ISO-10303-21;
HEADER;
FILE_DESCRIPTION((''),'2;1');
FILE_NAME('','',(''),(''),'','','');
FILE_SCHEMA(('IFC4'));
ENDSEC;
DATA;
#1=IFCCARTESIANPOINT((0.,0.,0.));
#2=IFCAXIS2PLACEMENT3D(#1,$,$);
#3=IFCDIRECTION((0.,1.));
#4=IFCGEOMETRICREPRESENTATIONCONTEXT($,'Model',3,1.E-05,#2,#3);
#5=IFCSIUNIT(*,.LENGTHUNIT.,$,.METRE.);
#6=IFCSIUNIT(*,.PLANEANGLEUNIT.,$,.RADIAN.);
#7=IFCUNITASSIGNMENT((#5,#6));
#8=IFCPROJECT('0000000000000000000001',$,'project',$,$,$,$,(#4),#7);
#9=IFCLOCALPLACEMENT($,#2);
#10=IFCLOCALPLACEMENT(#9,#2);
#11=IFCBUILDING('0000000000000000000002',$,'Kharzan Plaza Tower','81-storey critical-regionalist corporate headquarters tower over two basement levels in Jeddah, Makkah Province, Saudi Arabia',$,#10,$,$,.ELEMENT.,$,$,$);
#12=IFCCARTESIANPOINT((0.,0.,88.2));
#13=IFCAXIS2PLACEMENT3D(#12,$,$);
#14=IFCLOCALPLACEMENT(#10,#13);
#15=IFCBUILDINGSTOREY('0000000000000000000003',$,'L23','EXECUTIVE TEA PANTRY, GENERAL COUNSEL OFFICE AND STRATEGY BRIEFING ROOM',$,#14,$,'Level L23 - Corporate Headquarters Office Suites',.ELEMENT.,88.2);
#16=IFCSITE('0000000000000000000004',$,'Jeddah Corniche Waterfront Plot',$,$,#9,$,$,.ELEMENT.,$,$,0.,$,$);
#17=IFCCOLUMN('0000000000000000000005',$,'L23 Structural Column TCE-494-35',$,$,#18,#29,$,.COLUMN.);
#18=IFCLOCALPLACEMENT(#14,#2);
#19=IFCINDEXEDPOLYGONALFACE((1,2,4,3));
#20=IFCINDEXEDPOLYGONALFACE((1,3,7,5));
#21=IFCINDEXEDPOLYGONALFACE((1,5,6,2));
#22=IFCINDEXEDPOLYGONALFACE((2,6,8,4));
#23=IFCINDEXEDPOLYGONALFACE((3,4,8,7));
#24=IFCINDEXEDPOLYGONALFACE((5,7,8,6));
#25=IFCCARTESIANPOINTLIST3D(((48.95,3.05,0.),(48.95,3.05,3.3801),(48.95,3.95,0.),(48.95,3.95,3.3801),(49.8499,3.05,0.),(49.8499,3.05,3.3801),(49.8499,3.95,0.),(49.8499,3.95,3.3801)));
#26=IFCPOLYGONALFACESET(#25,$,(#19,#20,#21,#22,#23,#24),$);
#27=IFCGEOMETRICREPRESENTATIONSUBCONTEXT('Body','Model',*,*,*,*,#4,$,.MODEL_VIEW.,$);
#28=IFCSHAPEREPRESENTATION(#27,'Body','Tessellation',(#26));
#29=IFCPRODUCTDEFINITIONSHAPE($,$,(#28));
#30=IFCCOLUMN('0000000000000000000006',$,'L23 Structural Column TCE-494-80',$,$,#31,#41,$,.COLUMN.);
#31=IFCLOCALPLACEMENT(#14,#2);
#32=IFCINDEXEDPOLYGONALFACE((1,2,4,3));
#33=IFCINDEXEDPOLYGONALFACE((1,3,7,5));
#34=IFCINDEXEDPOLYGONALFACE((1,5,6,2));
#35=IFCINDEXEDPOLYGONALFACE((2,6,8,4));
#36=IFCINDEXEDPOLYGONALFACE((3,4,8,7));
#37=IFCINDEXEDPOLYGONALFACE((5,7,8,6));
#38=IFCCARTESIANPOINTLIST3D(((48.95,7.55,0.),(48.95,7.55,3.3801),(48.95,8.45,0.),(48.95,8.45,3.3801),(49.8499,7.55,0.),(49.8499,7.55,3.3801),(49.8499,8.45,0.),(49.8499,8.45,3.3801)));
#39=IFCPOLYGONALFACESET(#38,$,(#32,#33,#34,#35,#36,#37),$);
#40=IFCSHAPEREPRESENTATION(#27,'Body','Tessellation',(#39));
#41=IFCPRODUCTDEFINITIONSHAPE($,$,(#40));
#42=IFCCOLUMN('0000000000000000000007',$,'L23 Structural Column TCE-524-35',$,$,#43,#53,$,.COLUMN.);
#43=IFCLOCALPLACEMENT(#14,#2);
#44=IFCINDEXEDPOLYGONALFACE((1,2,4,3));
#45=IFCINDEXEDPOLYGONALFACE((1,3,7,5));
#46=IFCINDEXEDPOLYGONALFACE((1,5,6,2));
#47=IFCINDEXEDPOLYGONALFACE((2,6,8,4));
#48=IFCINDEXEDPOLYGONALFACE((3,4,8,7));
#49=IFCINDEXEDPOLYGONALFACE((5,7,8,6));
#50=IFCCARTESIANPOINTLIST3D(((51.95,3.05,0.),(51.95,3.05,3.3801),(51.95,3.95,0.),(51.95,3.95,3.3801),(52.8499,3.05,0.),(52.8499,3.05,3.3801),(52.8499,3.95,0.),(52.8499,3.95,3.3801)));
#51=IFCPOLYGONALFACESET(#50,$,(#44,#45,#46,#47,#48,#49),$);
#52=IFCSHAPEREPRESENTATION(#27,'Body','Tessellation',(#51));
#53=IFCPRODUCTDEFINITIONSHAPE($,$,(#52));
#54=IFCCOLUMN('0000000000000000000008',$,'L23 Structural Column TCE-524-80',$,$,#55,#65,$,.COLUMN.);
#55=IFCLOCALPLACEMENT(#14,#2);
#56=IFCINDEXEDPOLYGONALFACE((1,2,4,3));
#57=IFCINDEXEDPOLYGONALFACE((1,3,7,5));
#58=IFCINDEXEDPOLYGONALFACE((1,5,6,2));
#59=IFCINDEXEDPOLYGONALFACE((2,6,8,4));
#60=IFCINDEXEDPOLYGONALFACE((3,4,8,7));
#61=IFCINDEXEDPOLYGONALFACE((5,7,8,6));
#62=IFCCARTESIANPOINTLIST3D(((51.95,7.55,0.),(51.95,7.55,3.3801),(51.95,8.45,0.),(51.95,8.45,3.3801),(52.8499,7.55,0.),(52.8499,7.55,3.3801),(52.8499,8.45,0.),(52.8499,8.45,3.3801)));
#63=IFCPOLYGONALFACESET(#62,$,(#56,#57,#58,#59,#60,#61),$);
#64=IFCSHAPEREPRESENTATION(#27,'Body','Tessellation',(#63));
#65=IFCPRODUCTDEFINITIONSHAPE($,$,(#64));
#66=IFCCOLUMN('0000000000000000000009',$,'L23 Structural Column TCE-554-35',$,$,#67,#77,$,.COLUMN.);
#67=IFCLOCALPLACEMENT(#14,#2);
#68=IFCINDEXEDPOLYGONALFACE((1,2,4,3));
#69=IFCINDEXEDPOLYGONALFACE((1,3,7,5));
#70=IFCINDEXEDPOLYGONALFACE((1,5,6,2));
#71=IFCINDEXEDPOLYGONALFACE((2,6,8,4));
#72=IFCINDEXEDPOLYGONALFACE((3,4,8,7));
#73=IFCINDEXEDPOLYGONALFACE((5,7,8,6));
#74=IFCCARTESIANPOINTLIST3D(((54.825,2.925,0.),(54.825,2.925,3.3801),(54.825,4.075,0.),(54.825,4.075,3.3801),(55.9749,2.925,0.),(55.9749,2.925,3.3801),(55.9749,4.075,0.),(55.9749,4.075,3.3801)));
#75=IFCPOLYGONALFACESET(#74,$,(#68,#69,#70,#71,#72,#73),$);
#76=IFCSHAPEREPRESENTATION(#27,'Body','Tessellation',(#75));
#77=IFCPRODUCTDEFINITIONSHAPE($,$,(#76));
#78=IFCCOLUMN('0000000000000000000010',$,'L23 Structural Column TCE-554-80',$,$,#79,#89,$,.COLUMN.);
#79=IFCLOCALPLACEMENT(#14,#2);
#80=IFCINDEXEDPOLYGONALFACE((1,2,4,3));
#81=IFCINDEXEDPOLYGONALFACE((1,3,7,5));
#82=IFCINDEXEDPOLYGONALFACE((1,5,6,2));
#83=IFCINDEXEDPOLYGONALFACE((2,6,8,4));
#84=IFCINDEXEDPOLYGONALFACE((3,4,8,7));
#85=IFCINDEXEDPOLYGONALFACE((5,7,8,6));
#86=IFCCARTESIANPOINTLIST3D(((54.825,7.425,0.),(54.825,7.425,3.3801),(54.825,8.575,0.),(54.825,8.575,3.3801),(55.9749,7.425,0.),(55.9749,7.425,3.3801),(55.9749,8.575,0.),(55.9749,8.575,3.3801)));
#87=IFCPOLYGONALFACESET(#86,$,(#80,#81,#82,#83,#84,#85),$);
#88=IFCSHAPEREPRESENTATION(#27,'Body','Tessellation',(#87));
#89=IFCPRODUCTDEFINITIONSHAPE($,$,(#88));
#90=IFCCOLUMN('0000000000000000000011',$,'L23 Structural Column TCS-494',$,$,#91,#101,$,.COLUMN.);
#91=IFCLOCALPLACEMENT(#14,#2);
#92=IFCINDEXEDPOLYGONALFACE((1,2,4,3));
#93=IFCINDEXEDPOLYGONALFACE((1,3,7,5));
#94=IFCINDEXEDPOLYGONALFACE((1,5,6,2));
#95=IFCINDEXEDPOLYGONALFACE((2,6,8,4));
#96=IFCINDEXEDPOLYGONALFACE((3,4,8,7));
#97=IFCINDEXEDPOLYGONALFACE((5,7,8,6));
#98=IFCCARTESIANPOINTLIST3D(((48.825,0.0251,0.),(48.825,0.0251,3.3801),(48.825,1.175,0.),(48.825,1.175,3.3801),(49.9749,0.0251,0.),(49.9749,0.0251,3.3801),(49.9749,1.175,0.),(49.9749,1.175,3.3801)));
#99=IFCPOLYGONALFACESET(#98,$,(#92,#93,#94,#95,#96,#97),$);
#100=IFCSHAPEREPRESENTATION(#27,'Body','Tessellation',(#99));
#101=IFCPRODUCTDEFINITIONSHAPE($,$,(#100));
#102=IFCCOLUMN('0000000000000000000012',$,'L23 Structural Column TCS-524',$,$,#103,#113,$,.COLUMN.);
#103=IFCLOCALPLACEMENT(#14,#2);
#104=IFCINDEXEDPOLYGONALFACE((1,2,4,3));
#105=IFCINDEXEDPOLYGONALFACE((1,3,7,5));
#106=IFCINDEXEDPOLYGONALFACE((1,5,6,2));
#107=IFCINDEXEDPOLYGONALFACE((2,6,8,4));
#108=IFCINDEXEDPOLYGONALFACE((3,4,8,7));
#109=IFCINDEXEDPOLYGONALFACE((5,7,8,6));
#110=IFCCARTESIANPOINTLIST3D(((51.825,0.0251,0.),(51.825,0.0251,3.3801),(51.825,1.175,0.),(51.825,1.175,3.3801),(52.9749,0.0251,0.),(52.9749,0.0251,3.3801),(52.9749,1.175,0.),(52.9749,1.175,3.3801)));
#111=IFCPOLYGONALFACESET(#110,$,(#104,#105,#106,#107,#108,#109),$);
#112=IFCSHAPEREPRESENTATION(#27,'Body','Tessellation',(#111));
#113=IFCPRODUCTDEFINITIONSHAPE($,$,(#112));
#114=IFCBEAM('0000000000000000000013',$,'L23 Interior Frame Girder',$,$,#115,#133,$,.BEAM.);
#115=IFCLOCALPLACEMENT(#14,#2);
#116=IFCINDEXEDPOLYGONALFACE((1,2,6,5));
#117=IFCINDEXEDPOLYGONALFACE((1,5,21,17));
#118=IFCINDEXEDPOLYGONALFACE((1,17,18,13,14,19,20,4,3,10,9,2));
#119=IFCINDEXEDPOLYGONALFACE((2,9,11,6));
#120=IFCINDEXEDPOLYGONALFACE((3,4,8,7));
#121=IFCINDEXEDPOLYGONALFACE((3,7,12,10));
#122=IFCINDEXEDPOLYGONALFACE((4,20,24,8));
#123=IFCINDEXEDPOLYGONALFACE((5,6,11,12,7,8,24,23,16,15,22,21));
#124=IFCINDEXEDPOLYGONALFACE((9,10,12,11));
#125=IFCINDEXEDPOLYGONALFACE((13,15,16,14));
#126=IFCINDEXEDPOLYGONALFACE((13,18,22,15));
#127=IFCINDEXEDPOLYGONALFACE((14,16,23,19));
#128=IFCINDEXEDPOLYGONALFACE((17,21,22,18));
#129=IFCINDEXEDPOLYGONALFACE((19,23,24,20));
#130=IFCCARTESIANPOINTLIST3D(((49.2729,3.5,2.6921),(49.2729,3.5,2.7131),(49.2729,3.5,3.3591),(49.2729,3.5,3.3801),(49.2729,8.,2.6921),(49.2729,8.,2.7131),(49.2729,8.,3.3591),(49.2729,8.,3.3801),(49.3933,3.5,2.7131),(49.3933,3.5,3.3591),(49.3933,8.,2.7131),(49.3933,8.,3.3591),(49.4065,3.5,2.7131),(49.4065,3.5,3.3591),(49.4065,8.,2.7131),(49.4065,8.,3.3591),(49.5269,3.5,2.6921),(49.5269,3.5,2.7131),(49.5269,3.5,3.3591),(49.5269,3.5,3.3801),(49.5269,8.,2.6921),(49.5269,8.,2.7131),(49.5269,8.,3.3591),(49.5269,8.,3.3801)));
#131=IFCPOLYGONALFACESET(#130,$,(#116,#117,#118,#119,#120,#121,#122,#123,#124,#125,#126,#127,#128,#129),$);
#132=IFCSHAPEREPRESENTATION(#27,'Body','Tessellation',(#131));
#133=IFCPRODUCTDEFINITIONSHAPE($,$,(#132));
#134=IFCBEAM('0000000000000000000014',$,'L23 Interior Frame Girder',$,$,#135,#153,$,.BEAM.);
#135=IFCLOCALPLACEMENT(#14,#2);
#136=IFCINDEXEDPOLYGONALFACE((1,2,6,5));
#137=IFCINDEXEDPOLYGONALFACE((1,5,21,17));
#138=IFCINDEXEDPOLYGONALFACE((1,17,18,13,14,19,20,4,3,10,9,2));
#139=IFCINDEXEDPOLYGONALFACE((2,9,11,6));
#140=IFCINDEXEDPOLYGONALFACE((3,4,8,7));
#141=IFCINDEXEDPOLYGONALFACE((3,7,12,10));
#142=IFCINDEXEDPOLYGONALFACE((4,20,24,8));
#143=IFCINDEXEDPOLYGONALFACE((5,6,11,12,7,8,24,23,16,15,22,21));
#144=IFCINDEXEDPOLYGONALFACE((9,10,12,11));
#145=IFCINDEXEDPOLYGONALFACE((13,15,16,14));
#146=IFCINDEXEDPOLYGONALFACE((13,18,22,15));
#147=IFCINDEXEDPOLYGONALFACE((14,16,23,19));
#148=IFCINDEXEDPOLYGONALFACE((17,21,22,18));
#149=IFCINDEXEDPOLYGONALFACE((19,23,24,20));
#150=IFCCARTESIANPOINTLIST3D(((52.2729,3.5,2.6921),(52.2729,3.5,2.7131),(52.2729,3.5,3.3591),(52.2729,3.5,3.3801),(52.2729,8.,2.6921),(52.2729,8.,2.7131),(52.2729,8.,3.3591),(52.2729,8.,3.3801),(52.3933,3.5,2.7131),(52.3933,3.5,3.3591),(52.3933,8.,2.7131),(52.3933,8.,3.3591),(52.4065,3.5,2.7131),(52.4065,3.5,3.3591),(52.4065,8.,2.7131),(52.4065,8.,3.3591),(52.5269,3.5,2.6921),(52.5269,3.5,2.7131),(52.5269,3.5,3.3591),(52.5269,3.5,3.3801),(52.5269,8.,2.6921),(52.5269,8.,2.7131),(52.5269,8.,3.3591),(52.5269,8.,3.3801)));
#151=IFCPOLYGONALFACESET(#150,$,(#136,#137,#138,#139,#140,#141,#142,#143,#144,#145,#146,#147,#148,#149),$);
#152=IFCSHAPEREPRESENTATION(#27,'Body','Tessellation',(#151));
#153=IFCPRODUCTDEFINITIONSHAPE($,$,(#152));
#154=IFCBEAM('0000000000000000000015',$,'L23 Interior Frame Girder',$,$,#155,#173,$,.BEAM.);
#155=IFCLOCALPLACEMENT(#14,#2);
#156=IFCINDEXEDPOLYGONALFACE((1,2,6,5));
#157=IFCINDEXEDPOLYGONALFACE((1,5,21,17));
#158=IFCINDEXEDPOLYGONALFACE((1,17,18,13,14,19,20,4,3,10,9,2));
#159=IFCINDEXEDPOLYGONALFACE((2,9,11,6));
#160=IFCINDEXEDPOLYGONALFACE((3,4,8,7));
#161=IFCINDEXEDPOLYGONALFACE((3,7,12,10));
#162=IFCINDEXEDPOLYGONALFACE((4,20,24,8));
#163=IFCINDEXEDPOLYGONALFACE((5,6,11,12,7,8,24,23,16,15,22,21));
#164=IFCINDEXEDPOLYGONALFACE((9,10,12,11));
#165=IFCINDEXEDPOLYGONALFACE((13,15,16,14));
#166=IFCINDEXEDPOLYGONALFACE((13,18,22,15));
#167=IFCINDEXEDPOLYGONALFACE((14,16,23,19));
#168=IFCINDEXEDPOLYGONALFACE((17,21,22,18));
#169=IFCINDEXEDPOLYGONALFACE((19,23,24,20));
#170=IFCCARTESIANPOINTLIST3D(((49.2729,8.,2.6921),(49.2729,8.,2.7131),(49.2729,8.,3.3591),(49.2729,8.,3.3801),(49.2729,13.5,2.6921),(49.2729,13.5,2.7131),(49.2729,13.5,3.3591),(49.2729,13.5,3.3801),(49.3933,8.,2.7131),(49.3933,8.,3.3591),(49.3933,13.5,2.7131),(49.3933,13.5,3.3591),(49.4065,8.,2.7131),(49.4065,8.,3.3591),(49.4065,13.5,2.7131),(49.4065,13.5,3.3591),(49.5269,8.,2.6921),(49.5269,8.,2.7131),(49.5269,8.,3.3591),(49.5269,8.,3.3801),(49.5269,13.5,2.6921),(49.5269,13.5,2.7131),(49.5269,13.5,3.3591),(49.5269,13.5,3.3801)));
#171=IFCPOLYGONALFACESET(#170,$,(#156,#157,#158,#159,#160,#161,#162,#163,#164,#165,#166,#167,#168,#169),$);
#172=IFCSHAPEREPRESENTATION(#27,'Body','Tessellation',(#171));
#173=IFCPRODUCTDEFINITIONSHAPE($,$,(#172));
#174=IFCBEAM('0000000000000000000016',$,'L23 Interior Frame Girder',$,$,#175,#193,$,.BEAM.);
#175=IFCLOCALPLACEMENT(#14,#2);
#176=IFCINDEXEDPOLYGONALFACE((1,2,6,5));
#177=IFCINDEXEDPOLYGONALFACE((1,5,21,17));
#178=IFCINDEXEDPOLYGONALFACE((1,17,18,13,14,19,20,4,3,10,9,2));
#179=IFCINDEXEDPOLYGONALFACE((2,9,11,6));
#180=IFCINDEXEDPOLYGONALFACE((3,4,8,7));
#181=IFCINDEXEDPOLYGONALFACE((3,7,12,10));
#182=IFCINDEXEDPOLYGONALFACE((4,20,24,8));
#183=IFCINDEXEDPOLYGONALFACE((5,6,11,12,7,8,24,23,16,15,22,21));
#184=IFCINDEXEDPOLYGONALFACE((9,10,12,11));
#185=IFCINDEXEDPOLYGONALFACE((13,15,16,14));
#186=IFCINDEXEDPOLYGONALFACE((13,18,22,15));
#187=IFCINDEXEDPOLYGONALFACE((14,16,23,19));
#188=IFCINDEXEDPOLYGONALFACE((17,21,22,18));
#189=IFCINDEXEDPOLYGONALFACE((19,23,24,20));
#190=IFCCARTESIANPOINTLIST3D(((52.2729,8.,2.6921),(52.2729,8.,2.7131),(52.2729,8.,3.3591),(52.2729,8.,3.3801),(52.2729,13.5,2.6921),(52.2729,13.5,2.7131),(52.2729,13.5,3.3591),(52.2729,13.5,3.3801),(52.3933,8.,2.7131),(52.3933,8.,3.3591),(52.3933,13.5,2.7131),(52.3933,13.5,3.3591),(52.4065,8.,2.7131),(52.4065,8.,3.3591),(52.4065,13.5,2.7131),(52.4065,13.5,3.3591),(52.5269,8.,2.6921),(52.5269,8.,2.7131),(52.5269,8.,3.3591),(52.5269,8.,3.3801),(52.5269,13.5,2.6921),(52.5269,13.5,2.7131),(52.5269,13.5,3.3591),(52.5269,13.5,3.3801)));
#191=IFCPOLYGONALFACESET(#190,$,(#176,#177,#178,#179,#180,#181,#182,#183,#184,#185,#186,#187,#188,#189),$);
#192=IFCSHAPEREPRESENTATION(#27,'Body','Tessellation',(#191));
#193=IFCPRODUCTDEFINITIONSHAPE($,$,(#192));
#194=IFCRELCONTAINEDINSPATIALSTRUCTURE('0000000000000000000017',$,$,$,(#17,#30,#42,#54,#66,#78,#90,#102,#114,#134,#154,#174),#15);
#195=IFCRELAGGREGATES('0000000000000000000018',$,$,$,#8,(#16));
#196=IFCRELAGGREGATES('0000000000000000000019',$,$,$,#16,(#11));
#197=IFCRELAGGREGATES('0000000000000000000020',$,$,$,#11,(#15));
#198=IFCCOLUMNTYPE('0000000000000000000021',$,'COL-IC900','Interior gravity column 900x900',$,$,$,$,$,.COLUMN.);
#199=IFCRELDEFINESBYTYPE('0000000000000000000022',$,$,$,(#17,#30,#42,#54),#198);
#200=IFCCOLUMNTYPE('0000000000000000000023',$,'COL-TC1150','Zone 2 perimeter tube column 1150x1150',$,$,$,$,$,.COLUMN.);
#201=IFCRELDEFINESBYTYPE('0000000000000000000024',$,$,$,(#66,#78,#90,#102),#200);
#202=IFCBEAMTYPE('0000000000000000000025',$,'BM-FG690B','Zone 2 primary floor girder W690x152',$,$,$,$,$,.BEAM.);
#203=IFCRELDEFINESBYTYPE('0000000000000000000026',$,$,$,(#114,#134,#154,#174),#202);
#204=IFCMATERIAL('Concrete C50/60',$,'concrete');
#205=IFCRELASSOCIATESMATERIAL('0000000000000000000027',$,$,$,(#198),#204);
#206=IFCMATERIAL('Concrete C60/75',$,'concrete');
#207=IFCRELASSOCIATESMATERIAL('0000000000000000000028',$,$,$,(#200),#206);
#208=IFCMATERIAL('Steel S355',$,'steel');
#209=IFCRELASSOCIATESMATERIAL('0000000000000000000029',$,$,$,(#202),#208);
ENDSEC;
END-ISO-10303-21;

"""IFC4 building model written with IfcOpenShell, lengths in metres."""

from ifc_helpers import new_model, si_unit, direction, frame, origin, origin_2d, place, context, subcontext, project, spatial, rectangle, i_section, extrude, source, transform, mapped, material, material_profile, profile_set, type_object, element, save


model = new_model("IFC4")

# Units and contexts
model_context = context("Model", 3, precision=1e-05, world=origin(), true_north=direction((0.0, 1.0)))
body_context = subcontext(model_context, "Body", "Model", "MODEL_VIEW")
ifc_project = project(units=[si_unit("LENGTHUNIT", "METRE"), si_unit("PLANEANGLEUNIT", "RADIAN")], contexts=[model_context])

# Site, building, storey
site_placement = place(None, origin())
site = spatial("IfcSite", under=ifc_project, at=site_placement, Name="Jeddah Corniche Waterfront Plot", CompositionType="ELEMENT", RefElevation=0.0)
building_placement = place(site_placement, origin())
building = spatial("IfcBuilding", under=site, at=building_placement, Name="Kharzan Plaza Tower", Description="81-storey critical-regionalist corporate headquarters tower over two basement levels in Jeddah, Makkah Province, Saudi Arabia", CompositionType="ELEMENT")
storey_placement = place(building_placement, frame((0.0, 0.0, 88.2)))
storey = spatial("IfcBuildingStorey", under=building, at=storey_placement, Name="L23", Description="EXECUTIVE TEA PANTRY, GENERAL COUNSEL OFFICE AND STRATEGY BRIEFING ROOM", LongName="Level L23 - Corporate Headquarters Office Suites", CompositionType="ELEMENT", Elevation=88.2)

# Columns
ifc_material_1 = material(Name="Concrete C50/60", Category="concrete")
ifc_material_profile_1 = material_profile(ifc_material_1, rectangle(XDim=0.8999, YDim=0.8999, at=origin_2d()), Name="RC-IC900x900")
ifc_profile_set_1 = profile_set([ifc_material_profile_1], Name="Concrete C50/60")
column_type_1 = type_object("IfcColumnType", Name="COL-IC900", Description="Interior gravity column 900x900", PredefinedType="COLUMN", material=ifc_profile_set_1)
shared_shape_1 = source(origin(), body_context, "Body", "SweptSolid", [
    extrude(rectangle(XDim=0.8999, YDim=0.8999, at=origin_2d()), origin(), (0.0, 0.0, 1.0), 3.3801),
])
for number, where, z_axis, x_axis, name in (
    (1, (49.3999, 3.5, 0.0), (0.0, 0.0, 1.0), (1.0, 0.0, 0.0), "L23 Structural Column TCE-494-35"),
    (2, (49.3999, 8.0, 0.0), (0.0, 0.0, 1.0), (1.0, 0.0, 0.0), "L23 Structural Column TCE-494-80"),
    (3, (52.3999, 3.5, 0.0), (0.0, 0.0, 1.0), (1.0, 0.0, 0.0), "L23 Structural Column TCE-524-35"),
    (4, (52.3999, 8.0, 0.0), (0.0, 0.0, 1.0), (1.0, 0.0, 0.0), "L23 Structural Column TCE-524-80"),
):
    element("IfcColumn", number, at=place(storey_placement, frame(where, z_axis=z_axis, x_axis=x_axis)), inside=storey, type_object=column_type_1, Name=name, PredefinedType="COLUMN", context=body_context, shape_type="MappedRepresentation", body=[
        mapped(shared_shape_1, transform((0.0, 0.0, 0.0), x_axis=(1.0, 0.0, 0.0), y_axis=(0.0, 1.0, 0.0), z_axis=(0.0, 0.0, 1.0))),
    ])
ifc_material_2 = material(Name="Concrete C60/75", Category="concrete")
ifc_material_profile_2 = material_profile(ifc_material_2, rectangle(XDim=1.1499, YDim=1.1499, at=origin_2d()), Name="RC-TC1150x1150")
ifc_profile_set_2 = profile_set([ifc_material_profile_2], Name="Concrete C60/75")
column_type_2 = type_object("IfcColumnType", Name="COL-TC1150", Description="Zone 2 perimeter tube column 1150x1150", PredefinedType="COLUMN", material=ifc_profile_set_2)
shared_shape_2 = source(origin(), body_context, "Body", "SweptSolid", [
    extrude(rectangle(XDim=1.1499, YDim=1.1499, at=origin_2d()), origin(), (0.0, 0.0, 1.0), 3.3801),
])
for number, where, z_axis, x_axis, name in (
    (5, (55.3999, 3.5, 0.0), (0.0, 0.0, 1.0), (1.0, 0.0, 0.0), "L23 Structural Column TCE-554-35"),
    (6, (55.3999, 8.0, 0.0), (0.0, 0.0, 1.0), (1.0, 0.0, 0.0), "L23 Structural Column TCE-554-80"),
    (7, (49.3999, 0.6001, 0.0), (0.0, 0.0, 1.0), (1.0, 0.0, 0.0), "L23 Structural Column TCS-494"),
    (8, (52.3999, 0.6001, 0.0), (0.0, 0.0, 1.0), (1.0, 0.0, 0.0), "L23 Structural Column TCS-524"),
):
    element("IfcColumn", number, at=place(storey_placement, frame(where, z_axis=z_axis, x_axis=x_axis)), inside=storey, type_object=column_type_2, Name=name, PredefinedType="COLUMN", context=body_context, shape_type="MappedRepresentation", body=[
        mapped(shared_shape_2, transform((0.0, 0.0, 0.0), x_axis=(1.0, 0.0, 0.0), y_axis=(0.0, 1.0, 0.0), z_axis=(0.0, 0.0, 1.0))),
    ])

# Beams
ifc_material_3 = material(Name="Steel S355", Category="steel")
ifc_material_profile_3 = material_profile(ifc_material_3, i_section(OverallWidth=0.2539, OverallDepth=0.688, WebThickness=0.0132, FlangeThickness=0.021, at=origin_2d()), Name="W690x152")
ifc_profile_set_3 = profile_set([ifc_material_profile_3], Name="Steel S355")
beam_type_1 = type_object("IfcBeamType", Name="BM-FG690B", Description="Zone 2 primary floor girder W690x152", PredefinedType="BEAM", material=ifc_profile_set_3)
shared_shape_3 = source(origin(), body_context, "Body", "SweptSolid", [
    extrude(i_section(OverallWidth=0.2539, OverallDepth=0.688, WebThickness=0.0132, FlangeThickness=0.021, at=origin_2d()), origin(), (0.0, 0.0, 1.0), 4.5),
])
for number, where, z_axis, x_axis, name in (
    (9, (49.3999, 3.5, 3.0361), (0.0, 1.0, 0.0), (-1.0, 0.0, 0.0), "L23 Interior Frame Girder"),
    (10, (52.3999, 3.5, 3.0361), (0.0, 1.0, 0.0), (-1.0, 0.0, 0.0), "L23 Interior Frame Girder"),
):
    element("IfcBeam", number, at=place(storey_placement, frame(where, z_axis=z_axis, x_axis=x_axis)), inside=storey, type_object=beam_type_1, Name=name, PredefinedType="BEAM", context=body_context, shape_type="MappedRepresentation", body=[
        mapped(shared_shape_3, transform((0.0, 0.0, 0.0), x_axis=(1.0, 0.0, 0.0), y_axis=(0.0, 1.0, 0.0), z_axis=(0.0, 0.0, 1.0))),
    ])
shared_shape_4 = source(origin(), body_context, "Body", "SweptSolid", [
    extrude(i_section(OverallWidth=0.2539, OverallDepth=0.688, WebThickness=0.0132, FlangeThickness=0.021, at=origin_2d()), origin(), (0.0, 0.0, 1.0), 5.5),
])
for number, where, z_axis, x_axis, name in (
    (11, (49.3999, 8.0, 3.0361), (0.0, 1.0, 0.0), (-1.0, 0.0, 0.0), "L23 Interior Frame Girder"),
    (12, (52.3999, 8.0, 3.0361), (0.0, 1.0, 0.0), (-1.0, 0.0, 0.0), "L23 Interior Frame Girder"),
):
    element("IfcBeam", number, at=place(storey_placement, frame(where, z_axis=z_axis, x_axis=x_axis)), inside=storey, type_object=beam_type_1, Name=name, PredefinedType="BEAM", context=body_context, shape_type="MappedRepresentation", body=[
        mapped(shared_shape_4, transform((0.0, 0.0, 0.0), x_axis=(1.0, 0.0, 0.0), y_axis=(0.0, 1.0, 0.0), z_axis=(0.0, 0.0, 1.0))),
    ])

save(model, "model.ifc")
